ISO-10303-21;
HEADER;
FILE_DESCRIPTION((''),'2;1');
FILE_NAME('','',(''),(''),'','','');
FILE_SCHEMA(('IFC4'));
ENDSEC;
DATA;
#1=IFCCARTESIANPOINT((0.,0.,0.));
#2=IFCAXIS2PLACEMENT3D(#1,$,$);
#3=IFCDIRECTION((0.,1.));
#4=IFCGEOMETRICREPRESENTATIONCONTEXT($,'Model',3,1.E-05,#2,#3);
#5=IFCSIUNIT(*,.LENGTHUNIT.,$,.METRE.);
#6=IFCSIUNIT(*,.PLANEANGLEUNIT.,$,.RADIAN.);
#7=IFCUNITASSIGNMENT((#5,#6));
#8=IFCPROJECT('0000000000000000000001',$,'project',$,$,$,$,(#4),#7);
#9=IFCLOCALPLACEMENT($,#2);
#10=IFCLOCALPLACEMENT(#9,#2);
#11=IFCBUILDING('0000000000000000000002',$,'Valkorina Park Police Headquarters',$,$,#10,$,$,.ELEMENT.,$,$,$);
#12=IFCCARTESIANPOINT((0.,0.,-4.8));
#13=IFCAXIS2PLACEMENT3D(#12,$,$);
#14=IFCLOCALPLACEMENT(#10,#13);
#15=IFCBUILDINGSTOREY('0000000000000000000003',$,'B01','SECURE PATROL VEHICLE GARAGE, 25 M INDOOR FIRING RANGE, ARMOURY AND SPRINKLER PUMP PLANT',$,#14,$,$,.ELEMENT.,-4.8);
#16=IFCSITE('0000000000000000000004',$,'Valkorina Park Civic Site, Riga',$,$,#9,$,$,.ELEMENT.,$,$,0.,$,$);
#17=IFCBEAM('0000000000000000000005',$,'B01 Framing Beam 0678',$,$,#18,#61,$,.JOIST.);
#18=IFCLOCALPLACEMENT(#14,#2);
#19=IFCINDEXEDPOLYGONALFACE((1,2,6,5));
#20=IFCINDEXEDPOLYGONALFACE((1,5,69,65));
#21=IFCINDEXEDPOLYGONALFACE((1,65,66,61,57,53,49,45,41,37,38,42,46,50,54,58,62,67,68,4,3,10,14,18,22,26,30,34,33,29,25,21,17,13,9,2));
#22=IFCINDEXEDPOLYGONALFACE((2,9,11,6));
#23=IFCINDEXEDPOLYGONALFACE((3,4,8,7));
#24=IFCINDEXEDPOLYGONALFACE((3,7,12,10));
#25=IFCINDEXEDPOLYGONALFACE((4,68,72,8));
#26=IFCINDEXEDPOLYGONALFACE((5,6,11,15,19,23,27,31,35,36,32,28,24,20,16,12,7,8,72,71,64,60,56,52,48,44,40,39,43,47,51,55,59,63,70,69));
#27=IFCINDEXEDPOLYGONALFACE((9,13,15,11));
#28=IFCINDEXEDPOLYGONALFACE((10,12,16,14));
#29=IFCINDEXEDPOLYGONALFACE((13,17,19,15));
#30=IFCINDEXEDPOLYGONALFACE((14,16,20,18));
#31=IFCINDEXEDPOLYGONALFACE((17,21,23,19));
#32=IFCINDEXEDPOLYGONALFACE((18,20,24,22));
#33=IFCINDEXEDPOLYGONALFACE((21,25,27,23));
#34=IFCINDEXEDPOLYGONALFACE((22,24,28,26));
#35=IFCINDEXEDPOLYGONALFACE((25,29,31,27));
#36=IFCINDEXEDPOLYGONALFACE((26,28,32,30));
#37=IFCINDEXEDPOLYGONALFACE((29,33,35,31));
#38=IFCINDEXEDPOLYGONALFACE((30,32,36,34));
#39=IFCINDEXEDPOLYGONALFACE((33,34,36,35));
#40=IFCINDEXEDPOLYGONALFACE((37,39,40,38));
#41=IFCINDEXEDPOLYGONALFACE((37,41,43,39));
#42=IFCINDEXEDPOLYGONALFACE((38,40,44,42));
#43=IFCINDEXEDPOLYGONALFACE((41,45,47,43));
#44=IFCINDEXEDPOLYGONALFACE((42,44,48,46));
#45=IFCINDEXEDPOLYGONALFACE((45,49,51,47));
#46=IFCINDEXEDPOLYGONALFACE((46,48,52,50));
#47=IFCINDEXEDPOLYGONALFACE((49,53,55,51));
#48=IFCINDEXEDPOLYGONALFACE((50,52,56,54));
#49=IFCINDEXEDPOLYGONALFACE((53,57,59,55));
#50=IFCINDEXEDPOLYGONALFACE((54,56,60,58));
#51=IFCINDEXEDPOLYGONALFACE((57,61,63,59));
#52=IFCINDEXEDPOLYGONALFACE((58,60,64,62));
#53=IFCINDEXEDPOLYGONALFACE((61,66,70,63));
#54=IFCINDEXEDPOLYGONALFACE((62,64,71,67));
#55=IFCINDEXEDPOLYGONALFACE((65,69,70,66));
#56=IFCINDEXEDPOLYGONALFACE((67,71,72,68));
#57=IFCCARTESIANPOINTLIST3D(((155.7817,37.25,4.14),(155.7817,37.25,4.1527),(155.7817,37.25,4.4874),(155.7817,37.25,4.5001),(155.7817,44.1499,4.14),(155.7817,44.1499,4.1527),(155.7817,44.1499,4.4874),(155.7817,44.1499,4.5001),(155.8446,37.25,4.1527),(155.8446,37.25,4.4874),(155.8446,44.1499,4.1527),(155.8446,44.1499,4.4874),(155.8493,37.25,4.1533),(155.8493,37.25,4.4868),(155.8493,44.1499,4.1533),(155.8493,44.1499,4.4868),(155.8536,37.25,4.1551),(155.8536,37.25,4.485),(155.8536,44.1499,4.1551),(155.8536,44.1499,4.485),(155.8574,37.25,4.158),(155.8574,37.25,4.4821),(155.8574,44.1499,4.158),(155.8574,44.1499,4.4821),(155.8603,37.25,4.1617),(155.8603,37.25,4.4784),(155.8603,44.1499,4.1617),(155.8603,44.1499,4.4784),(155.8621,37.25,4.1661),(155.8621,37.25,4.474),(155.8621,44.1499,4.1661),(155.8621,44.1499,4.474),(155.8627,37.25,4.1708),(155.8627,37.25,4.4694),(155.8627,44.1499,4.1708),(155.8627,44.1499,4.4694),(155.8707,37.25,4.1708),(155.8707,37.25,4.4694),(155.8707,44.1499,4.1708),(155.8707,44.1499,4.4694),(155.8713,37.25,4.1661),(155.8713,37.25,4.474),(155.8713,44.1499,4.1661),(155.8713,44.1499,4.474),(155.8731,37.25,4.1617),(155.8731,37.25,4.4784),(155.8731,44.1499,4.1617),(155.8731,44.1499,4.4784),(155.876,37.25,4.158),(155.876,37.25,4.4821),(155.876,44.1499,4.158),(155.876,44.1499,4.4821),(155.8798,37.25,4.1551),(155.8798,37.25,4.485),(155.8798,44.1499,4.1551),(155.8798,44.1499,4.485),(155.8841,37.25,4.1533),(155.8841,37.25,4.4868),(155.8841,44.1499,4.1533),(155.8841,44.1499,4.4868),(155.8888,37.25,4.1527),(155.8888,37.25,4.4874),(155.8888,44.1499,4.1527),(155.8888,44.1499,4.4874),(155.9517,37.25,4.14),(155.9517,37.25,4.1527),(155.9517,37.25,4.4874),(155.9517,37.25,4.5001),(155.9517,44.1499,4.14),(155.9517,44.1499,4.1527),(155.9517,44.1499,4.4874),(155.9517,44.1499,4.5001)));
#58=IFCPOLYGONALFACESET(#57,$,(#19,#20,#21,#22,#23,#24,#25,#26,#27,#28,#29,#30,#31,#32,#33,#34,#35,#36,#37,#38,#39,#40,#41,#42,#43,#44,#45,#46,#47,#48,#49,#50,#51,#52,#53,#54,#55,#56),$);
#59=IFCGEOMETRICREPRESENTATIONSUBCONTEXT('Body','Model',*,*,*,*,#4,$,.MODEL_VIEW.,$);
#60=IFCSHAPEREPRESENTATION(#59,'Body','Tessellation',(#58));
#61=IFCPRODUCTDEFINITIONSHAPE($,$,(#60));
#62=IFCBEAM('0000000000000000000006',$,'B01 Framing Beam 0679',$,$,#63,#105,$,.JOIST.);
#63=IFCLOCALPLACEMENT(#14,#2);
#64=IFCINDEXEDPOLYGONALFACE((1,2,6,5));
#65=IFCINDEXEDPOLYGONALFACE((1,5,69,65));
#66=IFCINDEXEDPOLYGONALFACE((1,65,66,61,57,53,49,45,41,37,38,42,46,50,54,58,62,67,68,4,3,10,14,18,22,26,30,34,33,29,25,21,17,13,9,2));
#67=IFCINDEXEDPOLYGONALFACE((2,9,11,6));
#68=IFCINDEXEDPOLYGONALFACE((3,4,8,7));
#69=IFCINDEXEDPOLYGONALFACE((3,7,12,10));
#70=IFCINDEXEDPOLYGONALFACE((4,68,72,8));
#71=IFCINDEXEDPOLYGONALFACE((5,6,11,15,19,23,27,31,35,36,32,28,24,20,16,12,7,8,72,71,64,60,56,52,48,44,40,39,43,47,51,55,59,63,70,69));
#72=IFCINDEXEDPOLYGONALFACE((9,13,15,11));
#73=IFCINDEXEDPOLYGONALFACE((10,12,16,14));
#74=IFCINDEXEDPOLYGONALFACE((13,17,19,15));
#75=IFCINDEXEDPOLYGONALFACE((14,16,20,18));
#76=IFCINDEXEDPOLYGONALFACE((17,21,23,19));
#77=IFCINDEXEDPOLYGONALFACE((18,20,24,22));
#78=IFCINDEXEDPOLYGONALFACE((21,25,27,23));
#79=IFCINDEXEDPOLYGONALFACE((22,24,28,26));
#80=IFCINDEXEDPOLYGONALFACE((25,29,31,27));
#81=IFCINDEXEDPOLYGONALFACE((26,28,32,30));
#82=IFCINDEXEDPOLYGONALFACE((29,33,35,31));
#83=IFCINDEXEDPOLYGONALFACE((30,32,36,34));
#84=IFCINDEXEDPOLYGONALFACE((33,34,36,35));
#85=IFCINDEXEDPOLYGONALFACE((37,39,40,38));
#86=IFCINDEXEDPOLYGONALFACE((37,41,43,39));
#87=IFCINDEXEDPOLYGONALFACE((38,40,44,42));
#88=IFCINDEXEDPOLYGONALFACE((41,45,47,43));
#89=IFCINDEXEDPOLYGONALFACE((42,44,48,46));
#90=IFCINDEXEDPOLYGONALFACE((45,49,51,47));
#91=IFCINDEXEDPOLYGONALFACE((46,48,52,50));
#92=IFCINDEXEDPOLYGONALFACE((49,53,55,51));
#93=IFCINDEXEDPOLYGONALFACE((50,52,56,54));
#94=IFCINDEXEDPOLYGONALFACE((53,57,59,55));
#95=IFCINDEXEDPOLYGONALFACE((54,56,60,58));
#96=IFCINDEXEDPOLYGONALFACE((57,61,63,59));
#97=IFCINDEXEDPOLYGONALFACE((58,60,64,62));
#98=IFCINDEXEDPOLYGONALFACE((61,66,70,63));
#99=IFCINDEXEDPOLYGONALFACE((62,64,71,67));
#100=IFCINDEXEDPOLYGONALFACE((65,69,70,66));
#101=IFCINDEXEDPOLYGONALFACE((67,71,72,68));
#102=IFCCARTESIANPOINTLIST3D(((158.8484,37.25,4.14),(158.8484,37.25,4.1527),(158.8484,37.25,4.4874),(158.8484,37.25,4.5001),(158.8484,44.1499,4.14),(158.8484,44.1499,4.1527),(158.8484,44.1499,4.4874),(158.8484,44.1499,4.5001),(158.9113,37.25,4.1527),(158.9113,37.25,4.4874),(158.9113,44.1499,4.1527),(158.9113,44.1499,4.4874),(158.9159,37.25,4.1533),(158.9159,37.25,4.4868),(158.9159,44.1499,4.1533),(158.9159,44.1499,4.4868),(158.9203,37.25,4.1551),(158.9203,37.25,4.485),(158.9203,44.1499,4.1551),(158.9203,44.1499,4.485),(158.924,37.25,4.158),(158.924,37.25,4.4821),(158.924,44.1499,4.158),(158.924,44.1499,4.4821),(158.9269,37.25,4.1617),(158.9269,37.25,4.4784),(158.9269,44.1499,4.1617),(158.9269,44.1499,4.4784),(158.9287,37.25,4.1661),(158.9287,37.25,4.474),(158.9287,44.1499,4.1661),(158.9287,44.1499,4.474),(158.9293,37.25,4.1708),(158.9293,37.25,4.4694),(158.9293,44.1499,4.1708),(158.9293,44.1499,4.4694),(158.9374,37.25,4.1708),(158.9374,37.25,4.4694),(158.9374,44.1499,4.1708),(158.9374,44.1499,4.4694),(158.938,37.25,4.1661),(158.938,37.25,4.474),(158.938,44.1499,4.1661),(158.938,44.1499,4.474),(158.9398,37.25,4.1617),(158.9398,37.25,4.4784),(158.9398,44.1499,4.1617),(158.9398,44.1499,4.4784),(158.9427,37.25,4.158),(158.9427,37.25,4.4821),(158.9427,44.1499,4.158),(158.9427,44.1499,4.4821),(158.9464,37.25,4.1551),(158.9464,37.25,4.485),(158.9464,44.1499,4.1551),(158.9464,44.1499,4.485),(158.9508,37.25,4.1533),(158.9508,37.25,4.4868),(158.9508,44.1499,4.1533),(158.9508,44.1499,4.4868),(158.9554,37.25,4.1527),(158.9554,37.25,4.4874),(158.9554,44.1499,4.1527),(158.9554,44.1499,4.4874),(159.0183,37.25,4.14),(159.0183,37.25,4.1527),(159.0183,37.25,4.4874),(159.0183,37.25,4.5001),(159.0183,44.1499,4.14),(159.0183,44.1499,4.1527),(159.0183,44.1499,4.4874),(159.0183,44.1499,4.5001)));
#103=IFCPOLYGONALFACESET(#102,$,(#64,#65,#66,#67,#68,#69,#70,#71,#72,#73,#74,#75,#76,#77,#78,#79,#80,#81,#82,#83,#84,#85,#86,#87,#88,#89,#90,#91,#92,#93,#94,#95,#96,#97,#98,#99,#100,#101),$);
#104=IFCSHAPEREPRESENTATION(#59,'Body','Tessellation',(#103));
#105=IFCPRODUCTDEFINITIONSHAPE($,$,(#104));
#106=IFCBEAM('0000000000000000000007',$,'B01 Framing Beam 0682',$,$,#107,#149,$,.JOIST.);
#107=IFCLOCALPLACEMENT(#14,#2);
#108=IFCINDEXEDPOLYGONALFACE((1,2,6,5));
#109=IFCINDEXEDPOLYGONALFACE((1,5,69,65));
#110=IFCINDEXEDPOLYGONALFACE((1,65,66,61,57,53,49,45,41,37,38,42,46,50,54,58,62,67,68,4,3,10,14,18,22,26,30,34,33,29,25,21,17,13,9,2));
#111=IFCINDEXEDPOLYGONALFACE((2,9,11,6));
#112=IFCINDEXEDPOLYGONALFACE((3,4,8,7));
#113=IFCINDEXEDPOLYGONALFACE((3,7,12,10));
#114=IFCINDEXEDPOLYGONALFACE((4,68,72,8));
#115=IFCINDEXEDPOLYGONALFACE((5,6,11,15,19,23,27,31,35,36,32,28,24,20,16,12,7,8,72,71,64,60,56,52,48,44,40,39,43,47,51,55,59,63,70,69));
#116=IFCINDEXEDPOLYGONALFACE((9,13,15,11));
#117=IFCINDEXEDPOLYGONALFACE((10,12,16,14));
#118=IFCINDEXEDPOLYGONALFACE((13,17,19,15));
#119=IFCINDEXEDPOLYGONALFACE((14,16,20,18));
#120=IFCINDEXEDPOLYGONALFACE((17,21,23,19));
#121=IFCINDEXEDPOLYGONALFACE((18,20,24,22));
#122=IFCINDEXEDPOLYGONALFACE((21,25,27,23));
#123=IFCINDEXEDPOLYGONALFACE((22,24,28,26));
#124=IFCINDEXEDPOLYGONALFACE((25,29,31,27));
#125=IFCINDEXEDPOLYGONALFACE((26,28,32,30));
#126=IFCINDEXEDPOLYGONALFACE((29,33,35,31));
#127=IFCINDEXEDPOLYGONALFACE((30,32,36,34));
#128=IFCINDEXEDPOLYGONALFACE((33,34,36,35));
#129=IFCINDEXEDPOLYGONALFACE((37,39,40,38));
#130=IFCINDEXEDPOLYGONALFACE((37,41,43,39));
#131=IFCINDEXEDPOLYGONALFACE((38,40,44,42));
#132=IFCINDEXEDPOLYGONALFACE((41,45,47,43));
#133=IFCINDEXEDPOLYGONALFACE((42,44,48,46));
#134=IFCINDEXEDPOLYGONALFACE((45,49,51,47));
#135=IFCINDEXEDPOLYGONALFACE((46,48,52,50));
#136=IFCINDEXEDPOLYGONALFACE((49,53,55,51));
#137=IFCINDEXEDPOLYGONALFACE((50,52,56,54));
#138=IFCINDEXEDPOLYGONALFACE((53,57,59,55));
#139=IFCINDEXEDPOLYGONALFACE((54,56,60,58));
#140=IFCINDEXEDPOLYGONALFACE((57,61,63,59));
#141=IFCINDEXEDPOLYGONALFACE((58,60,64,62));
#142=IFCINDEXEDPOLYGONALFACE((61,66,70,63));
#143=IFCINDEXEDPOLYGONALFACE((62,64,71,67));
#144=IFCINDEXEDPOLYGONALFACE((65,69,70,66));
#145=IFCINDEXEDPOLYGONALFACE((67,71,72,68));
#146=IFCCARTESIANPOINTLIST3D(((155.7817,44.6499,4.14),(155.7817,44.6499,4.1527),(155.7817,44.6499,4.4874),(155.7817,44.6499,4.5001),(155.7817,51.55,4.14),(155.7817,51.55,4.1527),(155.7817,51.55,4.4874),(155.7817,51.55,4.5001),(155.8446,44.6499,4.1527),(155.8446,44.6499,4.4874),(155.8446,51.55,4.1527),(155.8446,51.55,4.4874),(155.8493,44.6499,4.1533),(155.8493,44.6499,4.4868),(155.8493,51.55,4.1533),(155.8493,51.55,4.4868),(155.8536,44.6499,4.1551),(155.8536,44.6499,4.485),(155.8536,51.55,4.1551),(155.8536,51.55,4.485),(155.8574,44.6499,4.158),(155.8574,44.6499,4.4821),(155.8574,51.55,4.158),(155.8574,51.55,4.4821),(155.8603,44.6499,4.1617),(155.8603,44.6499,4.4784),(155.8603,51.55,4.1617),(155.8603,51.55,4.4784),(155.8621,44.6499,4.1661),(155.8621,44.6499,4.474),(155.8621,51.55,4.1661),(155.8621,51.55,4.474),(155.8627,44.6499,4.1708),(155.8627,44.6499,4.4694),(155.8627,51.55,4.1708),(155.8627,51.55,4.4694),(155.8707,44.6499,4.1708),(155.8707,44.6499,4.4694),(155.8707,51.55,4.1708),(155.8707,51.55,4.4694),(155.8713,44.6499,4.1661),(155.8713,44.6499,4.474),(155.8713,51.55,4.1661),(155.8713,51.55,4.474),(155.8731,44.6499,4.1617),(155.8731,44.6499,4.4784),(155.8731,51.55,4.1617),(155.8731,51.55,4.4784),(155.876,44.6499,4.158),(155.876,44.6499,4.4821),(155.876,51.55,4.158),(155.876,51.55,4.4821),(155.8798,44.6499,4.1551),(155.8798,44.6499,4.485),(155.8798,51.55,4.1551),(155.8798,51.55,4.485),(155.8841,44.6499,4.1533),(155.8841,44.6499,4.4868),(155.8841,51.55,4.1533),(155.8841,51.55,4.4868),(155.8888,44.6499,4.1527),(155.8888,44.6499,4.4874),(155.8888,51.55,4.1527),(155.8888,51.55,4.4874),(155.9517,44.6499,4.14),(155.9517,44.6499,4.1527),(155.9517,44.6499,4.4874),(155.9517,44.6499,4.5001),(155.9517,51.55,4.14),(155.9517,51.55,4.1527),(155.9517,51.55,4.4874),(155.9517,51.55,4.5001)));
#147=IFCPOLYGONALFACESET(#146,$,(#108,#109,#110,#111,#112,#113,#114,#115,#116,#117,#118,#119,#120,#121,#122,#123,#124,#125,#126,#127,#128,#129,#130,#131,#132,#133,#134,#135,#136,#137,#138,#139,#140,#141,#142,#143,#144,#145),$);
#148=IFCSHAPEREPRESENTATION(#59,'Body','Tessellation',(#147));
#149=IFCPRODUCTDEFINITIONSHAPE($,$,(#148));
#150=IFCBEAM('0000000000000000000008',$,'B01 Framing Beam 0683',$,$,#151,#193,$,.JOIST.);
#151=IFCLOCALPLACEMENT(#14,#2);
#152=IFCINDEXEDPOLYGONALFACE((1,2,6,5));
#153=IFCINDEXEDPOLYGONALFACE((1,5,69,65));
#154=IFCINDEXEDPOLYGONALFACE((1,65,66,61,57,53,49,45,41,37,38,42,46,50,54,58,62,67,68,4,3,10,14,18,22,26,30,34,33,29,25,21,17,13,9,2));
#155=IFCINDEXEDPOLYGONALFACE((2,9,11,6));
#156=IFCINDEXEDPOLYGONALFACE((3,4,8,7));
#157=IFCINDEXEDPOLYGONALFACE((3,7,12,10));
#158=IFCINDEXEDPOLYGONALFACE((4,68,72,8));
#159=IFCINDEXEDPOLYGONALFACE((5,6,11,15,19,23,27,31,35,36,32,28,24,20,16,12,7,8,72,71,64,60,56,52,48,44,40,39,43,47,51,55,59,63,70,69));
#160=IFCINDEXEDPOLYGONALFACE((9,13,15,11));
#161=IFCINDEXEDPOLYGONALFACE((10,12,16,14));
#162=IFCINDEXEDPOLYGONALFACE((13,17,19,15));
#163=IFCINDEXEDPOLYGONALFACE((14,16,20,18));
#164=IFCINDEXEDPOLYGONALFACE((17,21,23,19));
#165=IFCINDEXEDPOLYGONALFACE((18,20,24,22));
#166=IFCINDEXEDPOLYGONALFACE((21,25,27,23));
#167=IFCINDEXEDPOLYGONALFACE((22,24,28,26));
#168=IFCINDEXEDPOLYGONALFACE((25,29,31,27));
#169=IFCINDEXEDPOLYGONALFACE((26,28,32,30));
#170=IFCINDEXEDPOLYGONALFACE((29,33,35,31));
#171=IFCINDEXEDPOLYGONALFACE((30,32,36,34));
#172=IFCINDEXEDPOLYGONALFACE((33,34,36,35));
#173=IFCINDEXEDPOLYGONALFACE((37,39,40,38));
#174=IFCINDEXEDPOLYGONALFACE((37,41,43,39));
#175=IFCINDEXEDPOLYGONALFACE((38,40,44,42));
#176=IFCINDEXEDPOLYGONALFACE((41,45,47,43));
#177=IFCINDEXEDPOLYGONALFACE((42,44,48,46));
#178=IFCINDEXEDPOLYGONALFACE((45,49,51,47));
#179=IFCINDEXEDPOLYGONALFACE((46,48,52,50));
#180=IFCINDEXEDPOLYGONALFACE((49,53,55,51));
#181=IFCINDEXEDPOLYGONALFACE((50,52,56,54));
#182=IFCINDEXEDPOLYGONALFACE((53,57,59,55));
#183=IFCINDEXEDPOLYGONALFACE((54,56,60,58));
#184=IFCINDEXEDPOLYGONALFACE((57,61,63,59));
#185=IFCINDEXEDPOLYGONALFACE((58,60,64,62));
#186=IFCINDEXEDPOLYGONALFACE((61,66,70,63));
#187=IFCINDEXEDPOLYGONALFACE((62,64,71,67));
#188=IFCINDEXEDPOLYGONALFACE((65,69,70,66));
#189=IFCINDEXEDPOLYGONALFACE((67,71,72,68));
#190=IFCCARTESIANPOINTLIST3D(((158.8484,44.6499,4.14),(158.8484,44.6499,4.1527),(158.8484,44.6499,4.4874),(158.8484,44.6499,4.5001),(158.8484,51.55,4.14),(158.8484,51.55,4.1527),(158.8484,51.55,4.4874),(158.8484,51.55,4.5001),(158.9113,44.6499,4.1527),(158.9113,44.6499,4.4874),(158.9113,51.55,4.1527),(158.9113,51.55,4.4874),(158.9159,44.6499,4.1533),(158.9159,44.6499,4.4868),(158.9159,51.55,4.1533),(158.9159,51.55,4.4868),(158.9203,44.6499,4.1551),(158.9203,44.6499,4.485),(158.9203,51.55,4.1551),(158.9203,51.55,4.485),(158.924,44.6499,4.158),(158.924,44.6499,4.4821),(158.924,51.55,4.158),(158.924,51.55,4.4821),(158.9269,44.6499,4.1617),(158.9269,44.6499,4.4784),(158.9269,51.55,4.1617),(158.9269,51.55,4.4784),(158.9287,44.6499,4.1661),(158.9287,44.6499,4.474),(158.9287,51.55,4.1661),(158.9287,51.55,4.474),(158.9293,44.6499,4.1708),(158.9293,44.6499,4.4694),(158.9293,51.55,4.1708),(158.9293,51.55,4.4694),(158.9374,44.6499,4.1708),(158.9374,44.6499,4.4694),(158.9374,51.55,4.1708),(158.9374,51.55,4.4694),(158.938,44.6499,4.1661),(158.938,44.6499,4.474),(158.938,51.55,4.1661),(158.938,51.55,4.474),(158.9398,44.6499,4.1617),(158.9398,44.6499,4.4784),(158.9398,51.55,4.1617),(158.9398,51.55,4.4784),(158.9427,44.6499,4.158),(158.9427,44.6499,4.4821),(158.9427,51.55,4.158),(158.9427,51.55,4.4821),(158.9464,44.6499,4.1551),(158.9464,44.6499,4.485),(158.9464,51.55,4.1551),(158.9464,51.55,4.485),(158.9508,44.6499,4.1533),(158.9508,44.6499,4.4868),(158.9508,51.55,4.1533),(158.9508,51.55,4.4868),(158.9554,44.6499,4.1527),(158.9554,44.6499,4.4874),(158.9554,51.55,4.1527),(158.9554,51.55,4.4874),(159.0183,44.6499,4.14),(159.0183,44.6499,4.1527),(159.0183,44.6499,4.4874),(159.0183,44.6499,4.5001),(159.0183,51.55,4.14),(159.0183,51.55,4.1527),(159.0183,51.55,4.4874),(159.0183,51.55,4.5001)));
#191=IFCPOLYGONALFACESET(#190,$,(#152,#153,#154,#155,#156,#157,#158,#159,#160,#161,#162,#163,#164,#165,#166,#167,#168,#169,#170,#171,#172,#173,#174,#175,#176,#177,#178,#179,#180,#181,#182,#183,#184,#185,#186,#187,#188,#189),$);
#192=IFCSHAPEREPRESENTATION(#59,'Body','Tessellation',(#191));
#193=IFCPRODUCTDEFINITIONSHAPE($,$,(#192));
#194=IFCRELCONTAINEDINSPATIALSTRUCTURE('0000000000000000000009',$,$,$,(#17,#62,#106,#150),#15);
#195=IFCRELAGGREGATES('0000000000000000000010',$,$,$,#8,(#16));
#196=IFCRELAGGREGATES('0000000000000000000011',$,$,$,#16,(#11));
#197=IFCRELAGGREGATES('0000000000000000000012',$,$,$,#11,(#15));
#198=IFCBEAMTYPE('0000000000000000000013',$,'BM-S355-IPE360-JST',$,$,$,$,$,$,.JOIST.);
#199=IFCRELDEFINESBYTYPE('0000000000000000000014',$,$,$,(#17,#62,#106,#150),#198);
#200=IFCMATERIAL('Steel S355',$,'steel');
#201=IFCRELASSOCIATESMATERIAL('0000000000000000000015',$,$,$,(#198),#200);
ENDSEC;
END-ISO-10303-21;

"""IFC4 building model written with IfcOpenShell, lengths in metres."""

from ifc_helpers import new_model, si_unit, direction, frame, origin, origin_2d, place, context, subcontext, project, spatial, i_section, extrude, material, material_profile, profile_set, type_object, element, save


model = new_model("IFC4")

# Units and contexts
model_context = context("Model", 3, precision=1e-05, world=origin(), true_north=direction((0.0, 1.0)))
body_context = subcontext(model_context, "Body", "Model", "MODEL_VIEW")
ifc_project = project(units=[si_unit("LENGTHUNIT", "METRE"), si_unit("PLANEANGLEUNIT", "RADIAN")], contexts=[model_context])

# Site, building, storey
site_placement = place(None, origin())
site = spatial("IfcSite", under=ifc_project, at=site_placement, Name="Valkorina Park Civic Site, Riga", CompositionType="ELEMENT", RefElevation=0.0)
building_placement = place(site_placement, origin())
building = spatial("IfcBuilding", under=site, at=building_placement, Name="Valkorina Park Police Headquarters", CompositionType="ELEMENT")
storey_placement = place(building_placement, frame((0.0, 0.0, -4.8)))
storey = spatial("IfcBuildingStorey", under=building, at=storey_placement, Name="B01", Description="SECURE PATROL VEHICLE GARAGE, 25 M INDOOR FIRING RANGE, ARMOURY AND SPRINKLER PUMP PLANT", CompositionType="ELEMENT", Elevation=-4.8)

# Beams
ifc_material_1 = material(Name="Steel S355", Category="steel")
ifc_material_profile_1 = material_profile(ifc_material_1, i_section(OverallWidth=0.1699, OverallDepth=0.3601, WebThickness=0.0081, FlangeThickness=0.0127, FilletRadius=0.0181, at=origin_2d()), Name="IPE 360")
ifc_profile_set_1 = profile_set([ifc_material_profile_1], Name="Steel S355")
beam_type_1 = type_object("IfcBeamType", Name="BM-S355-IPE360-JST", PredefinedType="JOIST", material=ifc_profile_set_1)
for number, where, z_axis, x_axis, name in (
    (1, (155.8667, 37.25, 4.3201), (0.0, 1.0, 0.0), (-1.0, 0.0, 0.0), "B01 Framing Beam 0678"),
    (2, (158.9333, 37.25, 4.3201), (0.0, 1.0, 0.0), (-1.0, 0.0, 0.0), "B01 Framing Beam 0679"),
):
    element("IfcBeam", number, at=place(storey_placement, frame(where, z_axis=z_axis, x_axis=x_axis)), inside=storey, type_object=beam_type_1, Name=name, PredefinedType="JOIST", context=body_context, shape_type="SweptSolid", body=[
        extrude(i_section(OverallWidth=0.1699, OverallDepth=0.3601, WebThickness=0.0081, FlangeThickness=0.0127, FilletRadius=0.0181, at=origin_2d()), origin(), (0.0, 0.0, 1.0), 6.8999),
    ])
for number, where, z_axis, x_axis, name in (
    (3, (155.8667, 44.6499, 4.3201), (0.0, 1.0, 0.0), (-1.0, 0.0, 0.0), "B01 Framing Beam 0682"),
    (4, (158.9333, 44.6499, 4.3201), (0.0, 1.0, 0.0), (-1.0, 0.0, 0.0), "B01 Framing Beam 0683"),
):
    element("IfcBeam", number, at=place(storey_placement, frame(where, z_axis=z_axis, x_axis=x_axis)), inside=storey, type_object=beam_type_1, Name=name, PredefinedType="JOIST", context=body_context, shape_type="SweptSolid", body=[
        extrude(i_section(OverallWidth=0.1699, OverallDepth=0.3601, WebThickness=0.0081, FlangeThickness=0.0127, FilletRadius=0.0181, at=origin_2d()), origin(), (0.0, 0.0, 1.0), 6.9001),
    ])

save(model, "model.ifc")
